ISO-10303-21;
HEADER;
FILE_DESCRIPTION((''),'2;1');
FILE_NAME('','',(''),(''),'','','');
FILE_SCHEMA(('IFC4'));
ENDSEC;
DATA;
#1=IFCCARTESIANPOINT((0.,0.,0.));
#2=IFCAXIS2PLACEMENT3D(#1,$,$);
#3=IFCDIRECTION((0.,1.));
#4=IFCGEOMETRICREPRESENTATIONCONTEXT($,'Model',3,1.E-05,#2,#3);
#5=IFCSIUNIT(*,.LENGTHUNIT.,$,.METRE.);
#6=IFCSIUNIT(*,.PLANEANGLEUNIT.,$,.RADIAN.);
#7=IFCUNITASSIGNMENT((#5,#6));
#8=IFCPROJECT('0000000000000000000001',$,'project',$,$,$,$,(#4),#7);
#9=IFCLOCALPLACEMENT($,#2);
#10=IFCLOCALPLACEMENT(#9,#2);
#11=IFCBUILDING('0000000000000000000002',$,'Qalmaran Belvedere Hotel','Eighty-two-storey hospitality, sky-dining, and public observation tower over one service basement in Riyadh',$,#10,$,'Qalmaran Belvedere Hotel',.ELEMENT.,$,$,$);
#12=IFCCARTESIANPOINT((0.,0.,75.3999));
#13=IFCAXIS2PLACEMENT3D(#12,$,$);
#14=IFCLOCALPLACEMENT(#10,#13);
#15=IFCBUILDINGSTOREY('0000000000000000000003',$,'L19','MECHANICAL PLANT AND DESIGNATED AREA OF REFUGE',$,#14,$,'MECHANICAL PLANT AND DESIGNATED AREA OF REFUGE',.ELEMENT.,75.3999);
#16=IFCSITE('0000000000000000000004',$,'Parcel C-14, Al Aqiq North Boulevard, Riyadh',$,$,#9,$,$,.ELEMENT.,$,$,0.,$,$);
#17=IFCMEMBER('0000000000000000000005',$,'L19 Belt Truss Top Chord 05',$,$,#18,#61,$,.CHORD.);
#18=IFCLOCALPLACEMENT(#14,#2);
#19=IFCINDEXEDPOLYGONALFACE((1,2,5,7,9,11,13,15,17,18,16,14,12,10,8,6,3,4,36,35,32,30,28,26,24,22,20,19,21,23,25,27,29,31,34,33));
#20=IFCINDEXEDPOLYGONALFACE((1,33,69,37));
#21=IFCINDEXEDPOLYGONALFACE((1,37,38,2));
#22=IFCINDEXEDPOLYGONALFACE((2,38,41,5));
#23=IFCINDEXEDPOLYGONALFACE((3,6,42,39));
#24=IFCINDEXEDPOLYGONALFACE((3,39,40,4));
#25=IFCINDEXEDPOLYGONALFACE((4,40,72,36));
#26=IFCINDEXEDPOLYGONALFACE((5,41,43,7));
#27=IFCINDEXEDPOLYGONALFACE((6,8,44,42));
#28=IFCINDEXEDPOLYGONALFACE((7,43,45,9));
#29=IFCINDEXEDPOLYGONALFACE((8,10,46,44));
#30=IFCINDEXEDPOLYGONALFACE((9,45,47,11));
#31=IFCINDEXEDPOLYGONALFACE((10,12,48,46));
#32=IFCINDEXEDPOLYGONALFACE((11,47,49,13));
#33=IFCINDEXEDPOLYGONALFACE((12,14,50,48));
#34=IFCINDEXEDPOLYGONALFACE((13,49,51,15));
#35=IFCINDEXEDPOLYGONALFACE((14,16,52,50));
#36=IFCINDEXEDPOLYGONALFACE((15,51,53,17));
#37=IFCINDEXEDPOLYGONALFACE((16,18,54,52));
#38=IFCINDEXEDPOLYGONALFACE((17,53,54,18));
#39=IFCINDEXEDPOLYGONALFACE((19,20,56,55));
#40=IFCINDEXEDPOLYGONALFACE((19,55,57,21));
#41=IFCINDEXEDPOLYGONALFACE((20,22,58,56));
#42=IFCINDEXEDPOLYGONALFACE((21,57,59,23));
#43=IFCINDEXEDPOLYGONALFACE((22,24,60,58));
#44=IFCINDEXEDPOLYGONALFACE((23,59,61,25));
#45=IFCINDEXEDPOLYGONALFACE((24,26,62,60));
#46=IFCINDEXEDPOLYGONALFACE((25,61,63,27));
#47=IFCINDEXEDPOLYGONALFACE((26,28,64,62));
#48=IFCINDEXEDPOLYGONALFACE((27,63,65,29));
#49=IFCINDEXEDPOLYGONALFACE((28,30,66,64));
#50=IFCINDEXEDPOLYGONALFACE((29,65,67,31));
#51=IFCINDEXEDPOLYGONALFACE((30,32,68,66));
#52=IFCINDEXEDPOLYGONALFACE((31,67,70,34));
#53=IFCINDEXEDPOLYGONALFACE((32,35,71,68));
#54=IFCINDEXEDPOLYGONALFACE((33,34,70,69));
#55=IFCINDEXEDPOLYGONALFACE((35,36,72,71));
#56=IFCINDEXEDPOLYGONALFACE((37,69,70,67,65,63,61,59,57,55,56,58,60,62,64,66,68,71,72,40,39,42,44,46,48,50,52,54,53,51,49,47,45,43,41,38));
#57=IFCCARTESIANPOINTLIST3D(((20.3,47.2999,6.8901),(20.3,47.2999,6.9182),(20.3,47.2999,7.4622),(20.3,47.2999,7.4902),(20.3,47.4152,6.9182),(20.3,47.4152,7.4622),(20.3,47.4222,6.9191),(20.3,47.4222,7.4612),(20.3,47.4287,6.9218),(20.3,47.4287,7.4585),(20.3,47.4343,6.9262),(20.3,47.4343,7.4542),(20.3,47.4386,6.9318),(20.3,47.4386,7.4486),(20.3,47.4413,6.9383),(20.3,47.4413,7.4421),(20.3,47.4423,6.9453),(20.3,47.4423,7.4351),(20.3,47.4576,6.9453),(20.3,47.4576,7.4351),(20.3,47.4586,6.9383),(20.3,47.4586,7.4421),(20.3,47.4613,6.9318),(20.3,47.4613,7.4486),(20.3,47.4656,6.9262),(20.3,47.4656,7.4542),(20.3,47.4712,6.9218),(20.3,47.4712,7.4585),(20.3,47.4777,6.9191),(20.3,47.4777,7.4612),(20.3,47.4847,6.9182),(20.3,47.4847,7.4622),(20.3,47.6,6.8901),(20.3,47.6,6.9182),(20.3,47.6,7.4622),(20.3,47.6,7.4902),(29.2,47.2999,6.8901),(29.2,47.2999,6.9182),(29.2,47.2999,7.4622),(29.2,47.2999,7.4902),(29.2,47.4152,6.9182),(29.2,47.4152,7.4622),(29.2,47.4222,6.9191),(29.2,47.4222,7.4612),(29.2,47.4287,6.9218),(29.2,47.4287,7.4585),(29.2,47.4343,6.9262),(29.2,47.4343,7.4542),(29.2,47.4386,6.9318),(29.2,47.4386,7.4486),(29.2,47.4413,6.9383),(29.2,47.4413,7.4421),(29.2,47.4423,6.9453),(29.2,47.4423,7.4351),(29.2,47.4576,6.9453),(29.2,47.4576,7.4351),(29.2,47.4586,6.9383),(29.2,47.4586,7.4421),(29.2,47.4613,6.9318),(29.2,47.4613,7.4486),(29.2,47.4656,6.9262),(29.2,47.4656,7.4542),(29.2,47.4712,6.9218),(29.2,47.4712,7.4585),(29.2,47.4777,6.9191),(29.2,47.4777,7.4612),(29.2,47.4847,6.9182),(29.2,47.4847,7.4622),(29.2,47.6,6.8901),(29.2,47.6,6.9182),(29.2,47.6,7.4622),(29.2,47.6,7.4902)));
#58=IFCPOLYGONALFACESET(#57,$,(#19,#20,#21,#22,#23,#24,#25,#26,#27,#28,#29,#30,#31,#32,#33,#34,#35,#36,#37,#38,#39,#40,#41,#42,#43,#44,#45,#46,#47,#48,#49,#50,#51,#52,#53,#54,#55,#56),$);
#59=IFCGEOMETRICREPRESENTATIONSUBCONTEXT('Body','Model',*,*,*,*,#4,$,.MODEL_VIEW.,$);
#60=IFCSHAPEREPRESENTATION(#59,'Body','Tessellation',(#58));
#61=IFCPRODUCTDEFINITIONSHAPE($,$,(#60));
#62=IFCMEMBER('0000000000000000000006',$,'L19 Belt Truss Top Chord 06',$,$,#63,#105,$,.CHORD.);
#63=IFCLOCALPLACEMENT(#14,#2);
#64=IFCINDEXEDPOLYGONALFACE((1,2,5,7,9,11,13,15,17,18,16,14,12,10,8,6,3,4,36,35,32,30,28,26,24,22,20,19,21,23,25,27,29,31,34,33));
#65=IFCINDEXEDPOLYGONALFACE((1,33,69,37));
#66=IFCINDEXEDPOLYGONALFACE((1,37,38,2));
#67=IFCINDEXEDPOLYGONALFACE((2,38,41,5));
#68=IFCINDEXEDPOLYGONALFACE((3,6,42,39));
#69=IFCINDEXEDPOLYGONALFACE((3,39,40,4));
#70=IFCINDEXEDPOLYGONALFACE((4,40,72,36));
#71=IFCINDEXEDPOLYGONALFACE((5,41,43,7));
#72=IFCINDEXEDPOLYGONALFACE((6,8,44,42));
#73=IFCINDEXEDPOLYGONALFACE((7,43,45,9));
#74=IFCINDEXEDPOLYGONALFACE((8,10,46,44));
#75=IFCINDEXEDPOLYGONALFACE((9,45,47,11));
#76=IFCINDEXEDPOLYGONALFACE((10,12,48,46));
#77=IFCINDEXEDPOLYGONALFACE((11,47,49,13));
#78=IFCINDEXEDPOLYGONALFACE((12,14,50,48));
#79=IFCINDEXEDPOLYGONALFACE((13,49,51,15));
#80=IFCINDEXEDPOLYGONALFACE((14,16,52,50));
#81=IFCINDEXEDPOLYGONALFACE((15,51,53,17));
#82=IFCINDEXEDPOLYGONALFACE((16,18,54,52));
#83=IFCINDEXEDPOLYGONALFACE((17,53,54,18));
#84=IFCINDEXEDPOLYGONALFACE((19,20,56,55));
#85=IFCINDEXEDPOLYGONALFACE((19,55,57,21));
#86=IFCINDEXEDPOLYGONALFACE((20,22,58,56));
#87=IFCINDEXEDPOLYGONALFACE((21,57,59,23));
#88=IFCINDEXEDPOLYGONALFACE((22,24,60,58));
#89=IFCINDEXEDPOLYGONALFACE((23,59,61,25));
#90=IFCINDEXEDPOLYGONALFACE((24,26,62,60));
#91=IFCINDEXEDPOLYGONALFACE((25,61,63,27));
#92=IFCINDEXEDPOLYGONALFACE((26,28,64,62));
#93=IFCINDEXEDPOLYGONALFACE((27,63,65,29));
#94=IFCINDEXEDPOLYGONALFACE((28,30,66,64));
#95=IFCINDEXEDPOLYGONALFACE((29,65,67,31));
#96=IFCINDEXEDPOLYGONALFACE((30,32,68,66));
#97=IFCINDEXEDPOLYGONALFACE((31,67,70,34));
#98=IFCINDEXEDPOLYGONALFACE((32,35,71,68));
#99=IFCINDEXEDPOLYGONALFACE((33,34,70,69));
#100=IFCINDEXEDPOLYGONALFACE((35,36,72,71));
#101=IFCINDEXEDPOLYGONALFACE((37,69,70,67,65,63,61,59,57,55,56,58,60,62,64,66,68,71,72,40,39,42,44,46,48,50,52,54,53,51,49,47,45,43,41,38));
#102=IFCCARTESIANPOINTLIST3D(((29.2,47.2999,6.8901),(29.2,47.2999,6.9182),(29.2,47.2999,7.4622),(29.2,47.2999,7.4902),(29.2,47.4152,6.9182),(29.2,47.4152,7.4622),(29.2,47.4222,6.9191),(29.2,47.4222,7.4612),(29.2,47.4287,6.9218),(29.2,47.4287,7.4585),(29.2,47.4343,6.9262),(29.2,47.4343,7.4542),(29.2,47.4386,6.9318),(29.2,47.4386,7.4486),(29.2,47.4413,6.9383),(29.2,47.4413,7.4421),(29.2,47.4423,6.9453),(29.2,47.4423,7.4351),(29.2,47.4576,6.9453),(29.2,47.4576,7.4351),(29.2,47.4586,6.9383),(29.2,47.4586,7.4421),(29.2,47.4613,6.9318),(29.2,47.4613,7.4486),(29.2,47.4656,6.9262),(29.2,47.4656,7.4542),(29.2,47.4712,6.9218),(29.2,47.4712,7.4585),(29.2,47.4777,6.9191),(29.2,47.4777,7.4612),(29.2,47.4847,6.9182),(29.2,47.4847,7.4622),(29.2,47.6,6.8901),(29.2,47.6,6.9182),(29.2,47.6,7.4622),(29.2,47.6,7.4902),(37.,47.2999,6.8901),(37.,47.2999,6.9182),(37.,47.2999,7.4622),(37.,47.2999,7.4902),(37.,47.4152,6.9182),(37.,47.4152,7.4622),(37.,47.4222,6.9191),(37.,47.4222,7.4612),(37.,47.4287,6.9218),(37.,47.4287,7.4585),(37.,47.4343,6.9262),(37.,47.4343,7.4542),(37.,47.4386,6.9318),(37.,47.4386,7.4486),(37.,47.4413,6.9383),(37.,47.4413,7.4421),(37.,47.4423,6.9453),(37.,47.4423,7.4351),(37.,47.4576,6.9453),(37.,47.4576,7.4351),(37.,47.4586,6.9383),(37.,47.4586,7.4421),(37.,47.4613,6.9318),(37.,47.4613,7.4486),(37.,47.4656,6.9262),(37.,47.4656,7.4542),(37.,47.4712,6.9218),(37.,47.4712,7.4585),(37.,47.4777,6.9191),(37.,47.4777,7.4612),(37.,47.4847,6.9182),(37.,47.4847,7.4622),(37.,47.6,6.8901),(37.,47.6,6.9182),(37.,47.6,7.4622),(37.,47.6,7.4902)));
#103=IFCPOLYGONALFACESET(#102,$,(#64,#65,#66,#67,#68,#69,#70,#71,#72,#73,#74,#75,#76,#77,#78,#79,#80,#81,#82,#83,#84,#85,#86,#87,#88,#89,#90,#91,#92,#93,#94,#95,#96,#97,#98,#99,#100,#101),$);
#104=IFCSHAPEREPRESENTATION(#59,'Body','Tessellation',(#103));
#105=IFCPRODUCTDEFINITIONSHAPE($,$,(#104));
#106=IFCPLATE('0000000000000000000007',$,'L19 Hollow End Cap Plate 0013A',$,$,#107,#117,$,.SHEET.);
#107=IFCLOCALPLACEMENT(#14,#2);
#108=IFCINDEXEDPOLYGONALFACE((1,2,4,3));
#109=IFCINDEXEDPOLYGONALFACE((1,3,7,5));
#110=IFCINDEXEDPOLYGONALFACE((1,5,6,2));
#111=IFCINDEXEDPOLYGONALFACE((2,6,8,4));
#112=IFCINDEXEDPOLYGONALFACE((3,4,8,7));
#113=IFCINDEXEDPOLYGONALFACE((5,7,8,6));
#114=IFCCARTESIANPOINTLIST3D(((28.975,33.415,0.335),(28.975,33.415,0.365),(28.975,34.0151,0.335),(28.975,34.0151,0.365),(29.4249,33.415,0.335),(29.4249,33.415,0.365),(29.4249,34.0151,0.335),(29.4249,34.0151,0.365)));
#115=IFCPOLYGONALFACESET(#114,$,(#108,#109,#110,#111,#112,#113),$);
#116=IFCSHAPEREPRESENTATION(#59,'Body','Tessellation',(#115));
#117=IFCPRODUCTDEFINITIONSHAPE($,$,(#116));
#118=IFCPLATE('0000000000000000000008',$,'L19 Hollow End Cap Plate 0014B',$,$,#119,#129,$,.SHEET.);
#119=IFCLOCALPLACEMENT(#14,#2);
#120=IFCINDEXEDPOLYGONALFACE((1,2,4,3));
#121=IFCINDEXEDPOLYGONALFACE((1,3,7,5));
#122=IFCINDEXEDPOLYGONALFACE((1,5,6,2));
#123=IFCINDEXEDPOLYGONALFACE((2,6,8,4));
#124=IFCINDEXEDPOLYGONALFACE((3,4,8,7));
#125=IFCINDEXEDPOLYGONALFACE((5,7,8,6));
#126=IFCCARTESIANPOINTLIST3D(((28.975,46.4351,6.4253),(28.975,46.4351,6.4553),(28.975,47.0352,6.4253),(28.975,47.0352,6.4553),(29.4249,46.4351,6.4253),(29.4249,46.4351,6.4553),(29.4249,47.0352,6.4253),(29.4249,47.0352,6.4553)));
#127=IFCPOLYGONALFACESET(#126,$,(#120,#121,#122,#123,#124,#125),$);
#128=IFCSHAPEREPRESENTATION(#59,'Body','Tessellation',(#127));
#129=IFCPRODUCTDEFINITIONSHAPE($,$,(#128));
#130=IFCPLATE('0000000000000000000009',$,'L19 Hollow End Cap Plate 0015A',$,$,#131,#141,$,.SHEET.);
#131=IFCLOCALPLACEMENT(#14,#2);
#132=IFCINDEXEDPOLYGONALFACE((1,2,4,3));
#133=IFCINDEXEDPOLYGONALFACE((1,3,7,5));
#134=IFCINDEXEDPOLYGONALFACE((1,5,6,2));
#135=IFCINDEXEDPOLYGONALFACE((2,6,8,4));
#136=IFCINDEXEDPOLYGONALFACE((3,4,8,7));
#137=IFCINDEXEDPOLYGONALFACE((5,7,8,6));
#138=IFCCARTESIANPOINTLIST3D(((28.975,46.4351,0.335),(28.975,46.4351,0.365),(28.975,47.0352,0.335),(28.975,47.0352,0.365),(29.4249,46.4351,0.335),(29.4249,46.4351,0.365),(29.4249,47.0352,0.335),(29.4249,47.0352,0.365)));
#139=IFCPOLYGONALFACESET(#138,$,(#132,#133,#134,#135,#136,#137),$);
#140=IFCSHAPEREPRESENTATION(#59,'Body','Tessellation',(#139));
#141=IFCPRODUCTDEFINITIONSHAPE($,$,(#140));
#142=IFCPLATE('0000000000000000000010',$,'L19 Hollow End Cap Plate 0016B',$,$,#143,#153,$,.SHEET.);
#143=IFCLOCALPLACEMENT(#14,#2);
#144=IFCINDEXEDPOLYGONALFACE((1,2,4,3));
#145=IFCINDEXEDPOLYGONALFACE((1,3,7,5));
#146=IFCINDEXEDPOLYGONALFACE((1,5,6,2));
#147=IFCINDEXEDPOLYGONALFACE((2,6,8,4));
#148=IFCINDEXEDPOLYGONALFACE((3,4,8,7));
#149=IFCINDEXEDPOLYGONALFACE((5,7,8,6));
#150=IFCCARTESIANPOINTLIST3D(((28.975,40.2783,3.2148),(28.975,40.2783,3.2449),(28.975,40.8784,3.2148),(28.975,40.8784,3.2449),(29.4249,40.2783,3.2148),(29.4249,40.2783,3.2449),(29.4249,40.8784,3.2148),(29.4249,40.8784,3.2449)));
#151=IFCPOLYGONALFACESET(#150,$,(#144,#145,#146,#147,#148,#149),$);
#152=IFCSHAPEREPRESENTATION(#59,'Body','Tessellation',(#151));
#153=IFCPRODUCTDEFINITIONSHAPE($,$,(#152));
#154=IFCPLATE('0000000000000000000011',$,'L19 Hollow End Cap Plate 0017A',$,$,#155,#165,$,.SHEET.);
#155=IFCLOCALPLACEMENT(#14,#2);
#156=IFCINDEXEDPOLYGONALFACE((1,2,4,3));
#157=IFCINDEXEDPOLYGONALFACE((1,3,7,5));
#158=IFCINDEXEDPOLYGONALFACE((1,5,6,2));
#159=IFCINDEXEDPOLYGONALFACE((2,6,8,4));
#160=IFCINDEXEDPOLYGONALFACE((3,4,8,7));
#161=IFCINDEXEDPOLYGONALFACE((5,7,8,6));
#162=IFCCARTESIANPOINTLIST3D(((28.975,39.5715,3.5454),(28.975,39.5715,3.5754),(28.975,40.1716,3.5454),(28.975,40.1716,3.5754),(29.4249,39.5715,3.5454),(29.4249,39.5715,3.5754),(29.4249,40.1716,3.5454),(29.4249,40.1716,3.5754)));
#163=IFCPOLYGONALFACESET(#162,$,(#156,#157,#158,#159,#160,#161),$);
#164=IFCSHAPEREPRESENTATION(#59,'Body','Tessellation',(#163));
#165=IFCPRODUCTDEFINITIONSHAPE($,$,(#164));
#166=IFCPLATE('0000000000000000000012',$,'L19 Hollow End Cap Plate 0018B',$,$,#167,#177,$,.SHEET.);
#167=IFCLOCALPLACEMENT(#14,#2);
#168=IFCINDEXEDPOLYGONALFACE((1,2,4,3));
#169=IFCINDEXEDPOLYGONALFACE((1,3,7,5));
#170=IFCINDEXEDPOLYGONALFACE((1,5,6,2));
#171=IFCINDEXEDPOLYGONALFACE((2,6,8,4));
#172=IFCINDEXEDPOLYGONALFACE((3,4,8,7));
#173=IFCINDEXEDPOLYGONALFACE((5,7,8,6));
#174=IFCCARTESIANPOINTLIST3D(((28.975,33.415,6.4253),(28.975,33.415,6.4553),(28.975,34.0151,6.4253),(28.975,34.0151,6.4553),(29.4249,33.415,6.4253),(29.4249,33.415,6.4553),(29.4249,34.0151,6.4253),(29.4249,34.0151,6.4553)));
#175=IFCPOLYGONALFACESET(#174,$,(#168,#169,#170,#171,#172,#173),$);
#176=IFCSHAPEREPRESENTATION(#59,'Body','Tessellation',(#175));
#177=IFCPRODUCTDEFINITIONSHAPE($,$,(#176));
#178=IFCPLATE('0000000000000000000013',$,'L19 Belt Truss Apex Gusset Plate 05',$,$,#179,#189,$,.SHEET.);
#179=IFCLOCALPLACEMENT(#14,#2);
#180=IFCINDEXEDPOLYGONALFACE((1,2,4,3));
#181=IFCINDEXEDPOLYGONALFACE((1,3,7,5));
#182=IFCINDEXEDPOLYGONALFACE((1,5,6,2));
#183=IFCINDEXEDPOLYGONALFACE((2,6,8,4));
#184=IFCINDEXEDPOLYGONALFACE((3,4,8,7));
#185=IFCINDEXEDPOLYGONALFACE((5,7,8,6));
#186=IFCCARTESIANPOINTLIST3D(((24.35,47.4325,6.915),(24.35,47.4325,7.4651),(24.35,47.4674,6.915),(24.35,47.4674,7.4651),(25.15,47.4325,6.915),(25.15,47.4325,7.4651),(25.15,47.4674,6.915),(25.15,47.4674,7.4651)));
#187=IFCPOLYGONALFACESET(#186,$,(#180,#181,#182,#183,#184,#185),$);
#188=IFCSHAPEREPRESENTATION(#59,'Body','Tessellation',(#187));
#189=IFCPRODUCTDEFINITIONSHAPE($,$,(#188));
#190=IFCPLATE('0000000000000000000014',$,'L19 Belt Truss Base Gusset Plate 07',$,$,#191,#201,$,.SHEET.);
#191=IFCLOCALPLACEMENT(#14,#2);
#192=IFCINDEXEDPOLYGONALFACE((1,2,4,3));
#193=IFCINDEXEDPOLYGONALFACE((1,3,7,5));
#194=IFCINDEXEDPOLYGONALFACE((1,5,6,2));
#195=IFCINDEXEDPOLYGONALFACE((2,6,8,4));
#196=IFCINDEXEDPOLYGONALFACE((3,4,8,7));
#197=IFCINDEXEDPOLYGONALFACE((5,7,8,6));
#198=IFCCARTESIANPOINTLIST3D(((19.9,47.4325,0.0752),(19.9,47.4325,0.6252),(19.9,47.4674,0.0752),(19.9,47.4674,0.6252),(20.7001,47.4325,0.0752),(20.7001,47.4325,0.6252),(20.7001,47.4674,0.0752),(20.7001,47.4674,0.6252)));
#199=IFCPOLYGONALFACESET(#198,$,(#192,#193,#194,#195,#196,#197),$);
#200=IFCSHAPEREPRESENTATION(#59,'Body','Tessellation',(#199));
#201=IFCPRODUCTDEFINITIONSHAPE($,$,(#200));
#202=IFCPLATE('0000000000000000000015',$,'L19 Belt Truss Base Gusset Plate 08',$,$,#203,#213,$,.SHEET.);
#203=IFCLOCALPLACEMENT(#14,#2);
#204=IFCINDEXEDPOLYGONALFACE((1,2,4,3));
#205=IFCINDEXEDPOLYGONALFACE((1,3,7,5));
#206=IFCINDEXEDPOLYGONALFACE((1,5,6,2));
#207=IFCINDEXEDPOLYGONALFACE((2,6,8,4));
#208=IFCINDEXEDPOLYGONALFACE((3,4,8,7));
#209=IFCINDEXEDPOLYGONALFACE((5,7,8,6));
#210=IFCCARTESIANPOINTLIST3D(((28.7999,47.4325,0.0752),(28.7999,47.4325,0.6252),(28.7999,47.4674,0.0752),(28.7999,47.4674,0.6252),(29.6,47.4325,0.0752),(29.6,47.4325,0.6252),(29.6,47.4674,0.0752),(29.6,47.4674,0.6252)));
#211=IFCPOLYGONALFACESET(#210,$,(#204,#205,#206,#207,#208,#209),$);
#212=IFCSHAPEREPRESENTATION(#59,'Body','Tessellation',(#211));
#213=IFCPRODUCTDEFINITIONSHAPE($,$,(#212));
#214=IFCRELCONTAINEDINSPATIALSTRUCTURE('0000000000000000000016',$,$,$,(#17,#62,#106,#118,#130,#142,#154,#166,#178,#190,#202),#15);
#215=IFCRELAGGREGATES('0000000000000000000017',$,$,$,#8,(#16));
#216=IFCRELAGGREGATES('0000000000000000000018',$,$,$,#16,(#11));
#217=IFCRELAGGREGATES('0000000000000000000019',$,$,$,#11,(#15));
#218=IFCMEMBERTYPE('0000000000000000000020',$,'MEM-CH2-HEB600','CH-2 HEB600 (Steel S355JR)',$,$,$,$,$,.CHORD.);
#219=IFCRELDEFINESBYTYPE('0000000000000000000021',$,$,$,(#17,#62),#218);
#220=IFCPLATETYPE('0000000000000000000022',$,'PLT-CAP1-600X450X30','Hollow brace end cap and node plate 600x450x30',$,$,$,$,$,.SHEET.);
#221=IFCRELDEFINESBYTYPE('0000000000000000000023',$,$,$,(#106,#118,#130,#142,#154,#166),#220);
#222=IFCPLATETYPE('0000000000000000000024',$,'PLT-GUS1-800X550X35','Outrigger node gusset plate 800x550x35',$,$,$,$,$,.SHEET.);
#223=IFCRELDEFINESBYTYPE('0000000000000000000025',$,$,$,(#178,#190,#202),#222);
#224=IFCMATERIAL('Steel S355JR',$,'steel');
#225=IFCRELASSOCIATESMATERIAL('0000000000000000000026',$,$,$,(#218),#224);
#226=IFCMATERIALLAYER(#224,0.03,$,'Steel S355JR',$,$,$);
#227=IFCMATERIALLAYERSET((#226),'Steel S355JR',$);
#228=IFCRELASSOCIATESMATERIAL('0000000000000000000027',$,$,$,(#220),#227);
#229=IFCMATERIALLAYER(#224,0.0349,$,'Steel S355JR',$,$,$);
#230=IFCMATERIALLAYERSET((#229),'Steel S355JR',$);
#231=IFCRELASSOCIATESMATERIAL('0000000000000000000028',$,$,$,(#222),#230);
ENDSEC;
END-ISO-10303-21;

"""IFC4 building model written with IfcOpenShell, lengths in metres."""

from ifc_helpers import new_model, si_unit, direction, frame, origin, origin_2d, place, context, subcontext, project, spatial, rectangle, i_section, extrude, material, layer, layer_set, material_profile, profile_set, type_object, element, save


model = new_model("IFC4")

# Units and contexts
model_context = context("Model", 3, precision=1e-05, world=origin(), true_north=direction((0.0, 1.0)))
body_context = subcontext(model_context, "Body", "Model", "MODEL_VIEW")
ifc_project = project(units=[si_unit("LENGTHUNIT", "METRE"), si_unit("PLANEANGLEUNIT", "RADIAN")], contexts=[model_context])

# Site, building, storey
site_placement = place(None, origin())
site = spatial("IfcSite", under=ifc_project, at=site_placement, Name="Parcel C-14, Al Aqiq North Boulevard, Riyadh", CompositionType="ELEMENT", RefElevation=0.0)
building_placement = place(site_placement, origin())
building = spatial("IfcBuilding", under=site, at=building_placement, Name="Qalmaran Belvedere Hotel", Description="Eighty-two-storey hospitality, sky-dining, and public observation tower over one service basement in Riyadh", LongName="Qalmaran Belvedere Hotel", CompositionType="ELEMENT")
storey_placement = place(building_placement, frame((0.0, 0.0, 75.3999)))
storey = spatial("IfcBuildingStorey", under=building, at=storey_placement, Name="L19", Description="MECHANICAL PLANT AND DESIGNATED AREA OF REFUGE", LongName="MECHANICAL PLANT AND DESIGNATED AREA OF REFUGE", CompositionType="ELEMENT", Elevation=75.3999)

# Shared definitions
ifc_material_1 = material(Name="Steel S355JR", Category="steel")

# Members
ifc_material_profile_1 = material_profile(ifc_material_1, i_section(OverallWidth=0.3, OverallDepth=0.6001, WebThickness=0.0154, FlangeThickness=0.0281, FilletRadius=0.0271, at=origin_2d()), Name="HEB600")
ifc_profile_set_1 = profile_set([ifc_material_profile_1], Name="Steel S355JR")
member_type_1 = type_object("IfcMemberType", Name="MEM-CH2-HEB600", Description="CH-2 HEB600 (Steel S355JR)", PredefinedType="CHORD", material=ifc_profile_set_1)
member_1_placement = place(storey_placement, frame((20.3, 47.45, 7.1902), z_axis=(1.0, 0.0, 0.0), x_axis=(0.0, 1.0, 0.0)))
element("IfcMember", 1, at=member_1_placement, inside=storey, type_object=member_type_1, Name="L19 Belt Truss Top Chord 05", PredefinedType="CHORD", context=body_context, shape_type="SweptSolid", body=[
    extrude(i_section(OverallWidth=0.3, OverallDepth=0.6001, WebThickness=0.0154, FlangeThickness=0.0281, FilletRadius=0.0271, at=origin_2d()), origin(), (0.0, 0.0, 1.0), 8.8999),
])
member_2_placement = place(storey_placement, frame((29.2, 47.45, 7.1902), z_axis=(1.0, 0.0, 0.0), x_axis=(0.0, 1.0, 0.0)))
element("IfcMember", 2, at=member_2_placement, inside=storey, type_object=member_type_1, Name="L19 Belt Truss Top Chord 06", PredefinedType="CHORD", context=body_context, shape_type="SweptSolid", body=[
    extrude(i_section(OverallWidth=0.3, OverallDepth=0.6001, WebThickness=0.0154, FlangeThickness=0.0281, FilletRadius=0.0271, at=origin_2d()), origin(), (0.0, 0.0, 1.0), 7.8),
])

# Plates
ifc_layer_1 = layer(ifc_material_1, 0.03, Name="Steel S355JR")
ifc_layer_set_1 = layer_set([ifc_layer_1], Name="Steel S355JR")
plate_type_1 = type_object("IfcPlateType", Name="PLT-CAP1-600X450X30", Description="Hollow brace end cap and node plate 600x450x30", PredefinedType="SHEET", material=ifc_layer_set_1)
for number, where, z_axis, x_axis, name in (
    (3, (29.2, 33.7151, 0.335), (0.0, 0.0, 1.0), (0.0, 1.0, 0.0), "L19 Hollow End Cap Plate 0013A"),
    (4, (29.2, 46.7351, 6.4253), (0.0, 0.0, 1.0), (0.0, 1.0, 0.0), "L19 Hollow End Cap Plate 0014B"),
    (5, (29.2, 46.7351, 0.335), (0.0, 0.0, 1.0), (0.0, -1.0, 0.0), "L19 Hollow End Cap Plate 0015A"),
    (6, (29.2, 40.5784, 3.2148), (0.0, 0.0, 1.0), (0.0, -1.0, 0.0), "L19 Hollow End Cap Plate 0016B"),
    (7, (29.2, 39.8716, 3.5454), (0.0, 0.0, 1.0), (0.0, -1.0, 0.0), "L19 Hollow End Cap Plate 0017A"),
    (8, (29.2, 33.7151, 6.4253), (0.0, 0.0, 1.0), (0.0, -1.0, 0.0), "L19 Hollow End Cap Plate 0018B"),
):
    element("IfcPlate", number, at=place(storey_placement, frame(where, z_axis=z_axis, x_axis=x_axis)), inside=storey, type_object=plate_type_1, Name=name, PredefinedType="SHEET", context=body_context, shape_type="SweptSolid", body=[
        extrude(rectangle(XDim=0.6001, YDim=0.45, at=origin_2d()), origin(), (0.0, 0.0, 1.0), 0.03),
    ])
ifc_layer_2 = layer(ifc_material_1, 0.0349, Name="Steel S355JR")
ifc_layer_set_2 = layer_set([ifc_layer_2], Name="Steel S355JR")
plate_type_2 = type_object("IfcPlateType", Name="PLT-GUS1-800X550X35", Description="Outrigger node gusset plate 800x550x35", PredefinedType="SHEET", material=ifc_layer_set_2)
for number, where, z_axis, x_axis, name in (
    (9, (24.75, 47.45, 6.915), (0.0, 0.0, 1.0), (1.0, 0.0, 0.0), "L19 Belt Truss Apex Gusset Plate 05"),
    (10, (20.3, 47.45, 0.0752), (0.0, 0.0, 1.0), (1.0, 0.0, 0.0), "L19 Belt Truss Base Gusset Plate 07"),
    (11, (29.2, 47.45, 0.0752), (0.0, 0.0, 1.0), (1.0, 0.0, 0.0), "L19 Belt Truss Base Gusset Plate 08"),
):
    element("IfcPlate", number, at=place(storey_placement, frame(where, z_axis=z_axis, x_axis=x_axis)), inside=storey, type_object=plate_type_2, Name=name, PredefinedType="SHEET", context=body_context, shape_type="SweptSolid", body=[
        extrude(rectangle(XDim=0.8, YDim=0.0349, at=origin_2d()), origin(), (0.0, 0.0, 1.0), 0.55),
    ])

save(model, "model.ifc")
